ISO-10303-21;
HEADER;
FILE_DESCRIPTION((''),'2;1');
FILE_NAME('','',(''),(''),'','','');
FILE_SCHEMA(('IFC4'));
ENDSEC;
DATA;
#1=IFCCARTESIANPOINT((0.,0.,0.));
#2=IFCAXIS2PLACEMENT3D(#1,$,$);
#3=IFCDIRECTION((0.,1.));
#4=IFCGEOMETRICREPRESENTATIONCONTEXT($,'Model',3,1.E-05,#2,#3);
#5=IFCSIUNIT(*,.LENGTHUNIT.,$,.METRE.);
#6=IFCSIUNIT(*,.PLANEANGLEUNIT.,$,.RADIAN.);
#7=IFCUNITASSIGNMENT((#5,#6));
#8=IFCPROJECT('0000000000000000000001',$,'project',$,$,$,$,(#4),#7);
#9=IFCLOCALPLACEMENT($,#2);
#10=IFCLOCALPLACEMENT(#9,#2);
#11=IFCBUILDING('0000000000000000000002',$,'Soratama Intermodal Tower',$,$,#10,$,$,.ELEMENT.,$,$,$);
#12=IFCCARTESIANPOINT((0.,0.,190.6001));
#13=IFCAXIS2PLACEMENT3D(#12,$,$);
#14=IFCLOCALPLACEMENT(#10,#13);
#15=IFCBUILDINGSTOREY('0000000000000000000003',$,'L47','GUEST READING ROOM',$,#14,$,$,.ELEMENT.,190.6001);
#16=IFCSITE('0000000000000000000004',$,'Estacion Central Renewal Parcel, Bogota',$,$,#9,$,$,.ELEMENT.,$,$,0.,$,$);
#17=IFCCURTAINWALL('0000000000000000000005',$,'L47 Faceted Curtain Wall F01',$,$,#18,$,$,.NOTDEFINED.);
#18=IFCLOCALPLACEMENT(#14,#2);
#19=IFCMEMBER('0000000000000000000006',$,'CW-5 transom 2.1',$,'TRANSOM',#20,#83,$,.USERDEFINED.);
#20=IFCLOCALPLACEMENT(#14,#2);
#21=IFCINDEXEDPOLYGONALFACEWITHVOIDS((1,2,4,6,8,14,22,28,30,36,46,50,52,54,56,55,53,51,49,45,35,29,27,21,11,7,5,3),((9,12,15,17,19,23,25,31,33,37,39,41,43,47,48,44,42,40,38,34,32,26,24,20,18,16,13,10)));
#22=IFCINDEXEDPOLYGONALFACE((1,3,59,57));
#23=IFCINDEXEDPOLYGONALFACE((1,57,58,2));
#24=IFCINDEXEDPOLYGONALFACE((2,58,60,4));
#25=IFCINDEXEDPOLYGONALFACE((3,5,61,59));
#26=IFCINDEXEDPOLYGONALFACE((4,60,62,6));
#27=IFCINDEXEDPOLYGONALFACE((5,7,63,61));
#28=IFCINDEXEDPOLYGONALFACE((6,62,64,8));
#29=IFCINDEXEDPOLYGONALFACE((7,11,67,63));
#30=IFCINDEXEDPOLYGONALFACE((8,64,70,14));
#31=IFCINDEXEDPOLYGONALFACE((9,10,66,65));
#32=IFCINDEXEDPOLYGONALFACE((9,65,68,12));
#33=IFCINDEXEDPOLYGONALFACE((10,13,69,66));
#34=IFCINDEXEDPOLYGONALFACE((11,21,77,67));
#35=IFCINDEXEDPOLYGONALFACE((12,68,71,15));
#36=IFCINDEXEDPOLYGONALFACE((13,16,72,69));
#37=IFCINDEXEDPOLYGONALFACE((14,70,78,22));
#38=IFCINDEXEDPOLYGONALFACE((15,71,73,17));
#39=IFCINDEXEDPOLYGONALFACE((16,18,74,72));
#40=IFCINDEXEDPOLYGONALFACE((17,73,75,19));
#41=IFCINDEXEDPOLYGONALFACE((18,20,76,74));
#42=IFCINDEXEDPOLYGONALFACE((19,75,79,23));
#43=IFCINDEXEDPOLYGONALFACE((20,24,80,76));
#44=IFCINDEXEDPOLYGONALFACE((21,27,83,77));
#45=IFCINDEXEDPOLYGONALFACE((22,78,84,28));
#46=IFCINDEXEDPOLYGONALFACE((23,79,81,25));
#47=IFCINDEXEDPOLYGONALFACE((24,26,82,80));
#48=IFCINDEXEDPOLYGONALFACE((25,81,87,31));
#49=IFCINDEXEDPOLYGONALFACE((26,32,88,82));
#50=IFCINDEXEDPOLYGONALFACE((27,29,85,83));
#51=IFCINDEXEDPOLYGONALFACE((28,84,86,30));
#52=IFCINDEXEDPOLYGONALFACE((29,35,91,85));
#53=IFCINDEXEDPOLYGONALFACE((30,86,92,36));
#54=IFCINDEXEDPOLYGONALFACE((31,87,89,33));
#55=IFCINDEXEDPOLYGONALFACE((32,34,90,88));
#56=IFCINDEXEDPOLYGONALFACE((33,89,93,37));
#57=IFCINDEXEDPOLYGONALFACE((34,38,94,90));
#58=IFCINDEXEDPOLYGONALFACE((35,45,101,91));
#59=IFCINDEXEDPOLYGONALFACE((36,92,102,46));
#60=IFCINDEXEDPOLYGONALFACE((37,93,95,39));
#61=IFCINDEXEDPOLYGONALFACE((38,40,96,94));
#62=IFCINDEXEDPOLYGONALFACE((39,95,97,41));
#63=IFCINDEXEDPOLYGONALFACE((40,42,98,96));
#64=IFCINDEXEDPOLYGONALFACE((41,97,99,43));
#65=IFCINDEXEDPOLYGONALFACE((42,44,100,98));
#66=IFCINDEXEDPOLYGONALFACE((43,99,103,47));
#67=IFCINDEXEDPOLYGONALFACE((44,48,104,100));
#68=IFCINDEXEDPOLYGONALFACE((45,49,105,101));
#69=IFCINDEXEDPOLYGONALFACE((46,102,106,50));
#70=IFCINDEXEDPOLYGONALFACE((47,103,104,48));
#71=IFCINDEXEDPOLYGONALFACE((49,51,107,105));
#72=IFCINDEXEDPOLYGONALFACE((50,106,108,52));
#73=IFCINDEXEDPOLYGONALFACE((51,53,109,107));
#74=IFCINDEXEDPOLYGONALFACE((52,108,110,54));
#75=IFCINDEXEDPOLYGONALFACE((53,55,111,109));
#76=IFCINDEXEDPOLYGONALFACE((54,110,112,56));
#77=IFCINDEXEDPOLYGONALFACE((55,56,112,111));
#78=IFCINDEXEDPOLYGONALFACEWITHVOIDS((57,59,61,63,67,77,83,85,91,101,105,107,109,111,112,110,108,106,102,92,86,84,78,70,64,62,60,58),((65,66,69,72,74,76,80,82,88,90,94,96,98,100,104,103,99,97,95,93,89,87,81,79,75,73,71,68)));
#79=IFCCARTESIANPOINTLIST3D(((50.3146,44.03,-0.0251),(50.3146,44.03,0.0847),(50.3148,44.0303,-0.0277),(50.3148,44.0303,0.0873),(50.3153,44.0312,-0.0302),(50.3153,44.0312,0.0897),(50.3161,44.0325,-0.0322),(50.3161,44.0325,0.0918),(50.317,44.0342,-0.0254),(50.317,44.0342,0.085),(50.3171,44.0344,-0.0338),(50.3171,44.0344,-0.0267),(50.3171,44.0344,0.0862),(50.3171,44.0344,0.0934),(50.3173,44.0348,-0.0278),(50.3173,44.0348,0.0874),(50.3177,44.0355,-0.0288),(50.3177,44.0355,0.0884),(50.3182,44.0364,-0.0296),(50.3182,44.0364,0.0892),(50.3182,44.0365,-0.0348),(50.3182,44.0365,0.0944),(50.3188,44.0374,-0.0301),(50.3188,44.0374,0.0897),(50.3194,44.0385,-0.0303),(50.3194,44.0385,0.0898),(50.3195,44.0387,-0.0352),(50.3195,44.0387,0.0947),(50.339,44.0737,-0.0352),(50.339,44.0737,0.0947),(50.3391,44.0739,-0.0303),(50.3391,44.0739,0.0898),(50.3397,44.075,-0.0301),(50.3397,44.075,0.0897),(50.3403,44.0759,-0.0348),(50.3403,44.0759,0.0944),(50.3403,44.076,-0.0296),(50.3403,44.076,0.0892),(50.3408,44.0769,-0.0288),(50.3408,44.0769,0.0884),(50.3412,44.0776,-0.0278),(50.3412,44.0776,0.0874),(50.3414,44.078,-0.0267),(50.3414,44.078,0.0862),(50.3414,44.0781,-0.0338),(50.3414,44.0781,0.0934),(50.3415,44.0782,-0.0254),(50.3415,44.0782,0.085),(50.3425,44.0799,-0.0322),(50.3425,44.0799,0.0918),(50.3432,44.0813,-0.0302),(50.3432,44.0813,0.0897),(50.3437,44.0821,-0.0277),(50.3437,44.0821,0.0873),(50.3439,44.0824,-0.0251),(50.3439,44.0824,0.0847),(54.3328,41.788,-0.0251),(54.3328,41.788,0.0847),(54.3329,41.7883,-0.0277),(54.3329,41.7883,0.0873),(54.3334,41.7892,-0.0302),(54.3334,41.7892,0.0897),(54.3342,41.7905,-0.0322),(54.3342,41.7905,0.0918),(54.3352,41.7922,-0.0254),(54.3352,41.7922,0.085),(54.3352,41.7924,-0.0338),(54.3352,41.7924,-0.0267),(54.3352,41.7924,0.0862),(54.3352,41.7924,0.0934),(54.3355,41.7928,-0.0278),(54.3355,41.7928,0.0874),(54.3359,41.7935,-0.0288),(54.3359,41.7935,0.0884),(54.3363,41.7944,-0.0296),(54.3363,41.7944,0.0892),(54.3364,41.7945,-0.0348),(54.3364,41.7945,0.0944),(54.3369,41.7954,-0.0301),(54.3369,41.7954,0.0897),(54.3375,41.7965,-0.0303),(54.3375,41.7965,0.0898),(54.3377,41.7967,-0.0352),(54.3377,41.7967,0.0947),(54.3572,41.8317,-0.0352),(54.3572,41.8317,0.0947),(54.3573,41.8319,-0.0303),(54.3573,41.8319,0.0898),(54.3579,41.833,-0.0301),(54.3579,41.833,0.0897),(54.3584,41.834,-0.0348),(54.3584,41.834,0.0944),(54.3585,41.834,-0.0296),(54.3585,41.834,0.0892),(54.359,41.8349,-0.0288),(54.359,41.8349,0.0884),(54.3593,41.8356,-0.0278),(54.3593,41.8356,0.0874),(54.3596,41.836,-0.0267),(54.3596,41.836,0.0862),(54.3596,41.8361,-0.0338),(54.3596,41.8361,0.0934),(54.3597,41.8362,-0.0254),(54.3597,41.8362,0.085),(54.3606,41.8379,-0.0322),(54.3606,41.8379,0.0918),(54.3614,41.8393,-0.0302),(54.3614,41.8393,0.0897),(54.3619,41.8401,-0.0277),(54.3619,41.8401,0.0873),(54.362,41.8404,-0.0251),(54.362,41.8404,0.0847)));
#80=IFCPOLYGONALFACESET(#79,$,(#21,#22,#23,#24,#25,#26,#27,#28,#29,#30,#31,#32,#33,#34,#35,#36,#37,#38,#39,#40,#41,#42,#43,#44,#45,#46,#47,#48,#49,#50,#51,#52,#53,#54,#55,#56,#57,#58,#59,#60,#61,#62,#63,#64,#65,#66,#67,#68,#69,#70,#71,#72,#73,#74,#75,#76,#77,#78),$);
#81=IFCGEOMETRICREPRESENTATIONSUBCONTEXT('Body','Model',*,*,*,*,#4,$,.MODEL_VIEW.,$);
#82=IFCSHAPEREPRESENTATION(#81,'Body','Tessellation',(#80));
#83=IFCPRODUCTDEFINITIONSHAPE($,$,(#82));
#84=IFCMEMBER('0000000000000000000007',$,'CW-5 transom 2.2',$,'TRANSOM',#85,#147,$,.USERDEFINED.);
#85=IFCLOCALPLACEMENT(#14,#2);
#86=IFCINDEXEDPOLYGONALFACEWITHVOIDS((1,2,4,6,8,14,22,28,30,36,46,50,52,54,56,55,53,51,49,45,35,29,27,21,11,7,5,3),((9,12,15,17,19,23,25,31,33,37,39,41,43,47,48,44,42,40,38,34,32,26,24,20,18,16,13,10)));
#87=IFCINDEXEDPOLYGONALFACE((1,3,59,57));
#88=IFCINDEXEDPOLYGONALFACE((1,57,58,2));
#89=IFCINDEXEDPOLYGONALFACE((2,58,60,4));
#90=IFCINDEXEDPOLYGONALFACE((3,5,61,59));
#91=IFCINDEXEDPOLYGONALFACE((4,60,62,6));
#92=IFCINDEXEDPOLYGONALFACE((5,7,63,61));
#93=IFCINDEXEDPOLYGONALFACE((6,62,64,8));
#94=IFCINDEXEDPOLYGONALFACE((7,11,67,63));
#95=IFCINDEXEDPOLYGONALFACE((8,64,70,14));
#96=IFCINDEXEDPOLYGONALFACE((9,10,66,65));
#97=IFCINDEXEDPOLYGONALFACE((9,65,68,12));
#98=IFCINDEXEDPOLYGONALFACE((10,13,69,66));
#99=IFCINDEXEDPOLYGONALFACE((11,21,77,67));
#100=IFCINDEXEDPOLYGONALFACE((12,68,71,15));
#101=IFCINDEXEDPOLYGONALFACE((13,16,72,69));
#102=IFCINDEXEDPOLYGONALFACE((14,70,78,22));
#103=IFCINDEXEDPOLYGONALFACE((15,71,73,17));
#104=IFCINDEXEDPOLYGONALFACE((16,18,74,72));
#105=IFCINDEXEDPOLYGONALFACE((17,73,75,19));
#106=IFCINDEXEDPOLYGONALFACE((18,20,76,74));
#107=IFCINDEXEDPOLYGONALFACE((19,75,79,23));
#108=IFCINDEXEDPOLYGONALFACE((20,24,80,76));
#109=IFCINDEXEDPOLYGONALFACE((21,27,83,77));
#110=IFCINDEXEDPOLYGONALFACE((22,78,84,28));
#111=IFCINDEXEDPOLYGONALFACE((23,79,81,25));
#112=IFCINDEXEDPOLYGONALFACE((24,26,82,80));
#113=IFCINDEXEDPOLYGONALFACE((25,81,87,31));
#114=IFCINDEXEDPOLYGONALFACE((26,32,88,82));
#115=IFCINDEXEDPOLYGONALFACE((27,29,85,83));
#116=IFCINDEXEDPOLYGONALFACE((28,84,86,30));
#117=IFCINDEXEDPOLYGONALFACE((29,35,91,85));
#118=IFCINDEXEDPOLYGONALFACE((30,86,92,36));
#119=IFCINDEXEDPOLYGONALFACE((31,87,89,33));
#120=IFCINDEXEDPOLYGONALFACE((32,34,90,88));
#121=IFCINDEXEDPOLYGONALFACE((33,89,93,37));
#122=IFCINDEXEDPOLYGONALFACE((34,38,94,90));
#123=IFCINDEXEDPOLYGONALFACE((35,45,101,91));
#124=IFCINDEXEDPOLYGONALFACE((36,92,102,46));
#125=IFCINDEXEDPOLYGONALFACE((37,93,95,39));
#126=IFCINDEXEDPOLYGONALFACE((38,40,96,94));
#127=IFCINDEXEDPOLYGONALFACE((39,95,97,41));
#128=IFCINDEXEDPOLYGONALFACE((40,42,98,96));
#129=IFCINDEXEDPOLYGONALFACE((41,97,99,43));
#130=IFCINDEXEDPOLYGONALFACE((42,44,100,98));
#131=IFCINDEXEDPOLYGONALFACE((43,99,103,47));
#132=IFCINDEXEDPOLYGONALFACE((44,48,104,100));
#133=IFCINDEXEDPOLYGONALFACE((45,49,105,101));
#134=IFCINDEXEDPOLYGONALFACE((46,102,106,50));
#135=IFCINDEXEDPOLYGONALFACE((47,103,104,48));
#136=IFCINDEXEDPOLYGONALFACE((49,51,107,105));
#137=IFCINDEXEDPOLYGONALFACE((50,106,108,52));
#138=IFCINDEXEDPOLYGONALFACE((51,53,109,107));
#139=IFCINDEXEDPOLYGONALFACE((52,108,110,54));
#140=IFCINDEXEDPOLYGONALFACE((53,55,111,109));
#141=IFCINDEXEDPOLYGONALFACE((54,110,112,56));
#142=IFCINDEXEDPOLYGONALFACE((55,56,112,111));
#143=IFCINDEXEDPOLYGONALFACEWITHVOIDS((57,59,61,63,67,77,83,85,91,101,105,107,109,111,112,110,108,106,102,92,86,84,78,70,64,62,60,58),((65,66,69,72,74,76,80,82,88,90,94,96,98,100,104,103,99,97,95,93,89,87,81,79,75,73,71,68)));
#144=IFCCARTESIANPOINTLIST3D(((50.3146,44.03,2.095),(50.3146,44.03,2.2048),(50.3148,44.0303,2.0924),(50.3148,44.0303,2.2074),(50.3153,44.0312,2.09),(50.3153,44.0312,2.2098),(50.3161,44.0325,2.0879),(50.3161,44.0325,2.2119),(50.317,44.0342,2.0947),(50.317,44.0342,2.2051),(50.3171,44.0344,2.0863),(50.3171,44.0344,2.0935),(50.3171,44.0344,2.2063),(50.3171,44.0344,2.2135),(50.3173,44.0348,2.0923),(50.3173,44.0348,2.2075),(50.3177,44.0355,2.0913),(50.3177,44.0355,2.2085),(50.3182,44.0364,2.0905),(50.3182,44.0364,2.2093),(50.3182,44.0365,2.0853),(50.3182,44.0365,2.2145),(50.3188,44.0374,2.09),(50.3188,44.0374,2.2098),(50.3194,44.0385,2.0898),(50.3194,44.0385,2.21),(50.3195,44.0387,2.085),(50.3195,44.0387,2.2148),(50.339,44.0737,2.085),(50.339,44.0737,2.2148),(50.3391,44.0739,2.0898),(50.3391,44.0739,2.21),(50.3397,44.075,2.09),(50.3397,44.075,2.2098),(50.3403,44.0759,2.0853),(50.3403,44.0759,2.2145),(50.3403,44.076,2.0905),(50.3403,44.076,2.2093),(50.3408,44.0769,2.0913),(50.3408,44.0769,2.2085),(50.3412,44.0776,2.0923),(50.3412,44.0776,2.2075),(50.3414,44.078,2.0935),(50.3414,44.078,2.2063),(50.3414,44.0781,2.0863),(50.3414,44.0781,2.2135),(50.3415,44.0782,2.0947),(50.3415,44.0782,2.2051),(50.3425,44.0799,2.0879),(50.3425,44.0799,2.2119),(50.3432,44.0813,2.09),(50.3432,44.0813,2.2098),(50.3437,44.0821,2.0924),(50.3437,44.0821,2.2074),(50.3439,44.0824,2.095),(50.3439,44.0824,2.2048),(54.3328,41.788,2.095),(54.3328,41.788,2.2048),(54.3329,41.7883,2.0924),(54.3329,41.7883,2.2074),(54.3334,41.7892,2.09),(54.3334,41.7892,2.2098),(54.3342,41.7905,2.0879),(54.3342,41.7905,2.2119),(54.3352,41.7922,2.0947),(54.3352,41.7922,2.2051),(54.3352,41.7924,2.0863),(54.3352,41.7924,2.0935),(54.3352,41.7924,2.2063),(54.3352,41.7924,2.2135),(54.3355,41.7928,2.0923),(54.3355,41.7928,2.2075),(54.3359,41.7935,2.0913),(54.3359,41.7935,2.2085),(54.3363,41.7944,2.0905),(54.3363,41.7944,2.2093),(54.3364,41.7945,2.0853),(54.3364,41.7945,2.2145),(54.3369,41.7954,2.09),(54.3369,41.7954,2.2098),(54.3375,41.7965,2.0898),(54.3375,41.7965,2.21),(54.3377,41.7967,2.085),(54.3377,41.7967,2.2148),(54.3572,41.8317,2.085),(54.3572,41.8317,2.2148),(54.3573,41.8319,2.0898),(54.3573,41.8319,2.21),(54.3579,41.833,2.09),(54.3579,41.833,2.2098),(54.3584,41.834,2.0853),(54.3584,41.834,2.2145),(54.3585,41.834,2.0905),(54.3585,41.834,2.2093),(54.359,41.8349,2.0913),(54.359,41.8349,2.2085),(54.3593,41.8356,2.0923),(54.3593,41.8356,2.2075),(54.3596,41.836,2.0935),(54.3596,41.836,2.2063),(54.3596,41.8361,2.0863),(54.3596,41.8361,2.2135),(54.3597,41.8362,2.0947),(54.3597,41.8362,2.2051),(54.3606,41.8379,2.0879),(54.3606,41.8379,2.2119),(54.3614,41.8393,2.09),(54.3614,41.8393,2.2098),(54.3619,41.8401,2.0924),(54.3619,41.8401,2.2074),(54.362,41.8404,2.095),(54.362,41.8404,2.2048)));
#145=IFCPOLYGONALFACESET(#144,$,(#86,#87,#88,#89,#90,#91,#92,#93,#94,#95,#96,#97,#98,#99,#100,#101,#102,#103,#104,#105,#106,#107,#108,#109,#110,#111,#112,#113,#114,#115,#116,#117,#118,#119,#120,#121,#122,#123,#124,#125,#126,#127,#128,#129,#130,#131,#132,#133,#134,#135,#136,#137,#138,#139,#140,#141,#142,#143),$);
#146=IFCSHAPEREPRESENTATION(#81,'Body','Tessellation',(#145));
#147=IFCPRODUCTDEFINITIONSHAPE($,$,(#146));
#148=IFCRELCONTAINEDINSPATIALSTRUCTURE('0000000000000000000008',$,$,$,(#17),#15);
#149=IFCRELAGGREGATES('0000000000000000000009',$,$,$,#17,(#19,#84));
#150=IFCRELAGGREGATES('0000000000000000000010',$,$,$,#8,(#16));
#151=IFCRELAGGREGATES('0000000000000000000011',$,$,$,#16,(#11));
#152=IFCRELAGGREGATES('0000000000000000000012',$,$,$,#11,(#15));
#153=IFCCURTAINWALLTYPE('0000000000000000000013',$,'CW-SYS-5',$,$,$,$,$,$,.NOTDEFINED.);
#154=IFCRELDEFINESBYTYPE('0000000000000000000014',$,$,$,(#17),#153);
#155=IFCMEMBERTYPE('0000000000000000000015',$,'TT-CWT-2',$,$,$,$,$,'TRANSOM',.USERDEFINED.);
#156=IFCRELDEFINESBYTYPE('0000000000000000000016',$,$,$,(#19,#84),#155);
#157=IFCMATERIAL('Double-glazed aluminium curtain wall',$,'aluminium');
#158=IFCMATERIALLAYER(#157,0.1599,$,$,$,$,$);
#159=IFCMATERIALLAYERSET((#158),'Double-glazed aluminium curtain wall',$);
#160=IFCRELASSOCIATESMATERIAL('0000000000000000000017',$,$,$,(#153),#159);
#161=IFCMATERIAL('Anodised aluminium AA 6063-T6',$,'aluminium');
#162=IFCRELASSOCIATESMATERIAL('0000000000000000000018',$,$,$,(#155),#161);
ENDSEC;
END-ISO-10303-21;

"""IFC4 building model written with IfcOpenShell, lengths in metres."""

from ifc_helpers import new_model, si_unit, direction, frame, origin, origin_2d, place, context, subcontext, project, spatial, hollow_rectangle, extrude, material, layer, layer_set, material_profile, profile_set, type_object, element, aggregate, save


model = new_model("IFC4")

# Units and contexts
model_context = context("Model", 3, precision=1e-05, world=origin(), true_north=direction((0.0, 1.0)))
body_context = subcontext(model_context, "Body", "Model", "MODEL_VIEW")
ifc_project = project(units=[si_unit("LENGTHUNIT", "METRE"), si_unit("PLANEANGLEUNIT", "RADIAN")], contexts=[model_context])

# Site, building, storey
site_placement = place(None, origin())
site = spatial("IfcSite", under=ifc_project, at=site_placement, Name="Estacion Central Renewal Parcel, Bogota", CompositionType="ELEMENT", RefElevation=0.0)
building_placement = place(site_placement, origin())
building = spatial("IfcBuilding", under=site, at=building_placement, Name="Soratama Intermodal Tower", CompositionType="ELEMENT")
storey_placement = place(building_placement, frame((0.0, 0.0, 190.6001)))
storey = spatial("IfcBuildingStorey", under=building, at=storey_placement, Name="L47", Description="GUEST READING ROOM", CompositionType="ELEMENT", Elevation=190.6001)

# Curtain wall
ifc_material_1 = material(Name="Double-glazed aluminium curtain wall", Category="aluminium")
ifc_layer_1 = layer(ifc_material_1, 0.1599)
ifc_layer_set_1 = layer_set([ifc_layer_1], Name="Double-glazed aluminium curtain wall")
curtain_wall_type = type_object("IfcCurtainWallType", Name="CW-SYS-5", PredefinedType="NOTDEFINED", material=ifc_layer_set_1)
curtain_wall_1_placement = place(storey_placement, origin())
curtain_wall_1 = element("IfcCurtainWall", 1, at=curtain_wall_1_placement, inside=storey, type_object=curtain_wall_type, Name="L47 Faceted Curtain Wall F01", PredefinedType="NOTDEFINED")

# Members
ifc_material_2 = material(Name="Anodised aluminium AA 6063-T6", Category="aluminium")
ifc_material_profile_1 = material_profile(ifc_material_2, hollow_rectangle(XDim=0.0601, YDim=0.1299, WallThickness=0.0049, InnerFilletRadius=0.0049, OuterFilletRadius=0.01, at=origin_2d()), Name="CWT130X60X5")
ifc_profile_set_1 = profile_set([ifc_material_profile_1], Name="Anodised aluminium AA 6063-T6")
member_type_1 = type_object("IfcMemberType", Name="TT-CWT-2", ElementType="TRANSOM", PredefinedType="USERDEFINED", material=ifc_profile_set_1)
member_1_placement = place(storey_placement, frame((54.3474, 41.8142, 0.0298), z_axis=(-0.873262, 0.48725, 0.0), x_axis=(-0.48725, -0.873262, 0.0)))
member_1 = element("IfcMember", 2, at=member_1_placement, type_object=member_type_1, Name="CW-5 transom 2.1", ObjectType="TRANSOM", PredefinedType="USERDEFINED", context=body_context, shape_type="SweptSolid", body=[
    extrude(hollow_rectangle(XDim=0.0601, YDim=0.1299, WallThickness=0.0049, InnerFilletRadius=0.0049, OuterFilletRadius=0.01, at=origin_2d()), origin(), (0.0, 0.0, 1.0), 4.6013),
])
member_2_placement = place(storey_placement, frame((54.3474, 41.8142, 2.1499), z_axis=(-0.873262, 0.48725, 0.0), x_axis=(-0.48725, -0.873262, 0.0)))
member_2 = element("IfcMember", 3, at=member_2_placement, type_object=member_type_1, Name="CW-5 transom 2.2", ObjectType="TRANSOM", PredefinedType="USERDEFINED", context=body_context, shape_type="SweptSolid", body=[
    extrude(hollow_rectangle(XDim=0.0601, YDim=0.1299, WallThickness=0.0049, InnerFilletRadius=0.0049, OuterFilletRadius=0.01, at=origin_2d()), origin(), (0.0, 0.0, 1.0), 4.6013),
])

aggregate(curtain_wall_1, [member_1, member_2])

save(model, "model.ifc")
